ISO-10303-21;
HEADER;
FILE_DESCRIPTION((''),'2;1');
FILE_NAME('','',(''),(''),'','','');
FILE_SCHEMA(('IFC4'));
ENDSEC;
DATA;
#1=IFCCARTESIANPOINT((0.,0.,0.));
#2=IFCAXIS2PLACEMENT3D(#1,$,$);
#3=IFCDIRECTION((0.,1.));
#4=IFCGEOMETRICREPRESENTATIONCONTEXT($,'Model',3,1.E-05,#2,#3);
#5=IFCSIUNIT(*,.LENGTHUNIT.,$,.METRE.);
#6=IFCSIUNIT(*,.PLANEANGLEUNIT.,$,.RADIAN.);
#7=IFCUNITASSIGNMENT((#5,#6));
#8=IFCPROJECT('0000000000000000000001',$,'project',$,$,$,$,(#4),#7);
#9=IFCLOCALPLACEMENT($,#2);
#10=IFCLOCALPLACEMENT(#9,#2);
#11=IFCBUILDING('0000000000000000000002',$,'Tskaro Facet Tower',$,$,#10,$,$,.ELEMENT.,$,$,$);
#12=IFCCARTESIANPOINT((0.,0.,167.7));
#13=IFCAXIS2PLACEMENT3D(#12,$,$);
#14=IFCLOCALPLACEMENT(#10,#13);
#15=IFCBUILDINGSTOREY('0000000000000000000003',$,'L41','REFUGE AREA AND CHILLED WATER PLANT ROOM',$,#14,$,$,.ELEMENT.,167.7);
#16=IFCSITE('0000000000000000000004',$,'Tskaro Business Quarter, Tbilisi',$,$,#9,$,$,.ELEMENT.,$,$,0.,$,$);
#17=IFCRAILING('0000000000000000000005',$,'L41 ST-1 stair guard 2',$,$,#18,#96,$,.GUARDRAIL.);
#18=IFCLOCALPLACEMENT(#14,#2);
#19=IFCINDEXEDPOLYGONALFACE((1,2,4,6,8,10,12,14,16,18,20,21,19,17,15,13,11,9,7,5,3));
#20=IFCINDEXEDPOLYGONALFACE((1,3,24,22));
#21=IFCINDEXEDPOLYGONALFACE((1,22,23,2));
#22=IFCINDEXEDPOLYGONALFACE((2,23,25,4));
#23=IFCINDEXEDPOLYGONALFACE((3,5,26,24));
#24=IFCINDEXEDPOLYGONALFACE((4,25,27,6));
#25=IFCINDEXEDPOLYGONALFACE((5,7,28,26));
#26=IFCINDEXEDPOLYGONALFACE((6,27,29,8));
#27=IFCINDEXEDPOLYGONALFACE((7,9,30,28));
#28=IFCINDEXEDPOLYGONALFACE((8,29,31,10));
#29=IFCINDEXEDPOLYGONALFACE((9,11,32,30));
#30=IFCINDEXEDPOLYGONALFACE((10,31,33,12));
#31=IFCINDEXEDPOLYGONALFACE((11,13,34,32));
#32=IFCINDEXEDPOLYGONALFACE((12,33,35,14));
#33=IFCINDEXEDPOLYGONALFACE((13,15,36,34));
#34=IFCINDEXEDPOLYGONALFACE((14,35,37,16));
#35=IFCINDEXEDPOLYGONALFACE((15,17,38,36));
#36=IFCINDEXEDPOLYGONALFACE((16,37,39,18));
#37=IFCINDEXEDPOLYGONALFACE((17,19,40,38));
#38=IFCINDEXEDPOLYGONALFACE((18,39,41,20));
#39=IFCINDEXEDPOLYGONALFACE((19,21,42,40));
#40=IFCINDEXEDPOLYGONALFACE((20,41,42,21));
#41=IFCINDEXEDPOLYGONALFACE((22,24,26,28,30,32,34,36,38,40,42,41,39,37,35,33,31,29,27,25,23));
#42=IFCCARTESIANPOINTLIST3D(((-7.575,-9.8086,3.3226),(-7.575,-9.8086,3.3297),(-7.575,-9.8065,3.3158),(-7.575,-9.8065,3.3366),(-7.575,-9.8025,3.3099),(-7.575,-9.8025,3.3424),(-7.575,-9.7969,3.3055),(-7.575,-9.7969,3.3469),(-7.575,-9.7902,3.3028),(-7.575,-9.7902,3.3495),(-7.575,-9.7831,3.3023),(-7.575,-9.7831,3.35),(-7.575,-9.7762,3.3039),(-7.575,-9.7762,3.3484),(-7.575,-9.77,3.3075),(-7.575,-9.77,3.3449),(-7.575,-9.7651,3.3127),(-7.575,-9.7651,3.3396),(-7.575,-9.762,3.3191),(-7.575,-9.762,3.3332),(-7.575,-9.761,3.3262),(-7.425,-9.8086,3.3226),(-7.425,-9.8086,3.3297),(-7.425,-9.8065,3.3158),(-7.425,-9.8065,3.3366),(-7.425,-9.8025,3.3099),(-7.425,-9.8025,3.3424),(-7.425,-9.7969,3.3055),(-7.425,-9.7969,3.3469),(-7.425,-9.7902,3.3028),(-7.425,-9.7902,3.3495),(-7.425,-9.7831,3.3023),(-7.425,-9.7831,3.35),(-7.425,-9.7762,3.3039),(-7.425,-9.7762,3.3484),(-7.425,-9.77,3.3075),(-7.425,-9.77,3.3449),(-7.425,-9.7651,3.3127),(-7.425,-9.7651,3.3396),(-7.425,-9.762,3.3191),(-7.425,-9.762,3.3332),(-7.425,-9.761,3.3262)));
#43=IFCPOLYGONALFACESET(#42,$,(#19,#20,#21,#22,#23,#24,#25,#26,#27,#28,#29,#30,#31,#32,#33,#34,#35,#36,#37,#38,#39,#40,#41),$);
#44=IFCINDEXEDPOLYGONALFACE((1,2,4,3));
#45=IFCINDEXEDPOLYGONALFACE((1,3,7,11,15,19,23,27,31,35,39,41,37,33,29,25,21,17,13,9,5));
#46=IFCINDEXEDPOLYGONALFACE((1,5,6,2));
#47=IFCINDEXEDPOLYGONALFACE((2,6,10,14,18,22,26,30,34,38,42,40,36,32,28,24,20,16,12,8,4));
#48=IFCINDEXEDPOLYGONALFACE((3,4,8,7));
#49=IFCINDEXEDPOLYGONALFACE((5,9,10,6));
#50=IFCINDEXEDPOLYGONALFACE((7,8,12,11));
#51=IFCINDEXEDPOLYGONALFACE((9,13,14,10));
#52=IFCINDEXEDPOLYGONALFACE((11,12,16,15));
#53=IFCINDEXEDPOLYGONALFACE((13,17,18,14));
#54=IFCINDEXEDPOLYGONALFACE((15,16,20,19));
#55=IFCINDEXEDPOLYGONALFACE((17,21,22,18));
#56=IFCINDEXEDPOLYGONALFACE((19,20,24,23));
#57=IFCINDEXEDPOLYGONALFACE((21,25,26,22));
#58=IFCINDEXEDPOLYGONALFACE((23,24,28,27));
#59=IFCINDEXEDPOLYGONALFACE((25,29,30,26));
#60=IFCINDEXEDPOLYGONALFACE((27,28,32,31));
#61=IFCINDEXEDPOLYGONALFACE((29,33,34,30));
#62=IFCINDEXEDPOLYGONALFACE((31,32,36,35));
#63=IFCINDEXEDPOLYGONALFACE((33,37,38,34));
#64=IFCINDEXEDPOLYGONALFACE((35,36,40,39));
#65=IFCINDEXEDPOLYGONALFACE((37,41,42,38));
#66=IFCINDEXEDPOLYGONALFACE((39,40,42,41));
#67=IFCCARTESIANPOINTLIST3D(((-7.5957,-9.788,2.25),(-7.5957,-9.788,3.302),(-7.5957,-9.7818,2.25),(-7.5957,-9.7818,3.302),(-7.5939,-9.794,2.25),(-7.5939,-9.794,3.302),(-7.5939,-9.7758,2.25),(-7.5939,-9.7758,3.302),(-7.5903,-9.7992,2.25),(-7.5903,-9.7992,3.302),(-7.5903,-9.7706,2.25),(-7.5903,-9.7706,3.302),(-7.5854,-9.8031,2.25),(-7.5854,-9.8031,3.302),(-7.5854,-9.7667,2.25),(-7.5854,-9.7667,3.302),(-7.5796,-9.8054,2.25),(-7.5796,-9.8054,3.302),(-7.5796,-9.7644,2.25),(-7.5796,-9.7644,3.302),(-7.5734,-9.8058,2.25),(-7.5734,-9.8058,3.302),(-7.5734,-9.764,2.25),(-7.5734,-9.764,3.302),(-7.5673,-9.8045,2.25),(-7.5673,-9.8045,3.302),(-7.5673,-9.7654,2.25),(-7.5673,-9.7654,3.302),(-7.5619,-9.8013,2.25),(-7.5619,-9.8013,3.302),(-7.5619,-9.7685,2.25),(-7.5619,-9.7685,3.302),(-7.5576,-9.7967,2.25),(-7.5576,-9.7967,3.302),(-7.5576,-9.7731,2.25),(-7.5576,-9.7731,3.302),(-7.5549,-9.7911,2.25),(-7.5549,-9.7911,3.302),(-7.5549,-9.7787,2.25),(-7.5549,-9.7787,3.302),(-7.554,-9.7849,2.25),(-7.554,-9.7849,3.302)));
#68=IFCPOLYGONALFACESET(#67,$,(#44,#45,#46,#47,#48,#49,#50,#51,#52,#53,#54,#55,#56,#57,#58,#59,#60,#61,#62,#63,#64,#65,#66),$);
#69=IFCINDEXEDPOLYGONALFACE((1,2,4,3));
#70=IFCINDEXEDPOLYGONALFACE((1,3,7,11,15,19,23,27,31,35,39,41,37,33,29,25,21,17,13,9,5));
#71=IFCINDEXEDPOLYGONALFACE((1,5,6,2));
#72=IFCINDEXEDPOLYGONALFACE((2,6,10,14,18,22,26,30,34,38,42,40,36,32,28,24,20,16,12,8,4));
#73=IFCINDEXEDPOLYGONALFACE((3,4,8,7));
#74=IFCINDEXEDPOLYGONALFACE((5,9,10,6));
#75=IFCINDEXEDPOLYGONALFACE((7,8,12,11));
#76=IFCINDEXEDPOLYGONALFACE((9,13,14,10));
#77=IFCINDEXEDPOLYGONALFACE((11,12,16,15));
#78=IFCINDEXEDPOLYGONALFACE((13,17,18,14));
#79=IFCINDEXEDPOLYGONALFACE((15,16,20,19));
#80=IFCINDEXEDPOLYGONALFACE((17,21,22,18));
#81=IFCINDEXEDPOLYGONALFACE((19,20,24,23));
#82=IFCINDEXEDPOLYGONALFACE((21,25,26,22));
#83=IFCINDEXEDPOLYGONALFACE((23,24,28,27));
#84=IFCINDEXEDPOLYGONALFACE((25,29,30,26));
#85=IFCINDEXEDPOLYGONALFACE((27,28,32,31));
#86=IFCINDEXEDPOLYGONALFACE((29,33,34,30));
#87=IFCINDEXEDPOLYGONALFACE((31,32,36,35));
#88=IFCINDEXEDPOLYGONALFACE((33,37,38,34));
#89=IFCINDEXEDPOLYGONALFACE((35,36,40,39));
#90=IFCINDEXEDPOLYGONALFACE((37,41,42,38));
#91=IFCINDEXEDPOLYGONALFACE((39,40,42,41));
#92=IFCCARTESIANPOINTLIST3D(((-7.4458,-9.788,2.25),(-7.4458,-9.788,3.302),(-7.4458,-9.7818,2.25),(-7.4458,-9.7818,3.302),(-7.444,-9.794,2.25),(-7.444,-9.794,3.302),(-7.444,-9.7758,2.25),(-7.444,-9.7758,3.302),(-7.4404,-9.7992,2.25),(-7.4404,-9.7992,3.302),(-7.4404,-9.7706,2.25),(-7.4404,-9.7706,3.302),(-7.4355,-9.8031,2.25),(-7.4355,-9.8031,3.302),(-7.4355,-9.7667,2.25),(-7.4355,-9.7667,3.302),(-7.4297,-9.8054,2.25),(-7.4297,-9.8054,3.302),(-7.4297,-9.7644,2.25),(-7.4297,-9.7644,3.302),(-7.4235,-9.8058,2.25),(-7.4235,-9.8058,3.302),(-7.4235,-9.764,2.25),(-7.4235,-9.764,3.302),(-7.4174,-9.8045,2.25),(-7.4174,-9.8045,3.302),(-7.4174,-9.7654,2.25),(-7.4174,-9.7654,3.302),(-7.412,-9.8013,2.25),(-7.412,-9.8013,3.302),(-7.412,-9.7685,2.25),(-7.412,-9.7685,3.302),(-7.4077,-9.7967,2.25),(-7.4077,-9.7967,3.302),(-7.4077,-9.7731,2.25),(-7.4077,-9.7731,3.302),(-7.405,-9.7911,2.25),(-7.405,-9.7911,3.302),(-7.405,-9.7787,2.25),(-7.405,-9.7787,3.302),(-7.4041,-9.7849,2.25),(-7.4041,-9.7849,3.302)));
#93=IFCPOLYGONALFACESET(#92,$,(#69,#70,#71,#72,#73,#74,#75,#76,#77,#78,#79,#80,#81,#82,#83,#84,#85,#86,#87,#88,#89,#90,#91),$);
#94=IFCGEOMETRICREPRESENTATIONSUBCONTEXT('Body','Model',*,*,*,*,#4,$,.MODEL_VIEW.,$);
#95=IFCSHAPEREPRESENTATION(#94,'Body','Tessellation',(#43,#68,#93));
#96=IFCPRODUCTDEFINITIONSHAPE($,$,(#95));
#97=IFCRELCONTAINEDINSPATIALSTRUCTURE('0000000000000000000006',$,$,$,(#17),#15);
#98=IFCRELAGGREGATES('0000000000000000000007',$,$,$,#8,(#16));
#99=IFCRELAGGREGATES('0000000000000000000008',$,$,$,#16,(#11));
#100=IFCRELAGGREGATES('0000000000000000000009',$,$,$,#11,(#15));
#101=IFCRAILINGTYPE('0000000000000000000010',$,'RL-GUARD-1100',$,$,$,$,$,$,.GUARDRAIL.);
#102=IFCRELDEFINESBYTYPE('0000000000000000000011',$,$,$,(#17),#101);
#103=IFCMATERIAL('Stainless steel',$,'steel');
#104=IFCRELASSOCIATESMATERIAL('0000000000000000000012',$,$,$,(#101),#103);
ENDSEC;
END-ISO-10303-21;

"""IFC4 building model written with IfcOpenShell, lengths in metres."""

from ifc_helpers import new_model, si_unit, direction, frame, origin, origin_2d, place, context, subcontext, project, spatial, circle, extrude, material, type_object, element, save


model = new_model("IFC4")

# Units and contexts
model_context = context("Model", 3, precision=1e-05, world=origin(), true_north=direction((0.0, 1.0)))
body_context = subcontext(model_context, "Body", "Model", "MODEL_VIEW")
ifc_project = project(units=[si_unit("LENGTHUNIT", "METRE"), si_unit("PLANEANGLEUNIT", "RADIAN")], contexts=[model_context])

# Site, building, storey
site_placement = place(None, origin())
site = spatial("IfcSite", under=ifc_project, at=site_placement, Name="Tskaro Business Quarter, Tbilisi", CompositionType="ELEMENT", RefElevation=0.0)
building_placement = place(site_placement, origin())
building = spatial("IfcBuilding", under=site, at=building_placement, Name="Tskaro Facet Tower", CompositionType="ELEMENT")
storey_placement = place(building_placement, frame((0.0, 0.0, 167.7)))
storey = spatial("IfcBuildingStorey", under=building, at=storey_placement, Name="L41", Description="REFUGE AREA AND CHILLED WATER PLANT ROOM", CompositionType="ELEMENT", Elevation=167.7)

# Shared definitions
ifc_material_1 = material(Name="Stainless steel", Category="steel")

# Railing
railing_type_1 = type_object("IfcRailingType", Name="RL-GUARD-1100", PredefinedType="GUARDRAIL", material=ifc_material_1)
railing_1_placement = place(storey_placement, frame((-7.575, -9.7849, 2.25)))
element("IfcRailing", 1, at=railing_1_placement, inside=storey, type_object=railing_type_1, Name="L41 ST-1 stair guard 2", PredefinedType="GUARDRAIL", context=body_context, shape_type="SweptSolid", body=[
    extrude(circle(Radius=0.0239, at=origin_2d()), frame((0.0, 0.0, 1.0762), z_axis=(1.0, 0.0, 0.0), x_axis=(0.0, 1.0, 0.0)), (0.0, 0.0, 1.0), 0.1499),
    extrude(circle(Radius=0.021, at=origin_2d()), origin(), (0.0, 0.0, 1.0), 1.052),
    extrude(circle(Radius=0.021, at=origin_2d()), frame((0.1499, 0.0, 0.0)), (0.0, 0.0, 1.0), 1.052),
])

save(model, "model.ifc")
